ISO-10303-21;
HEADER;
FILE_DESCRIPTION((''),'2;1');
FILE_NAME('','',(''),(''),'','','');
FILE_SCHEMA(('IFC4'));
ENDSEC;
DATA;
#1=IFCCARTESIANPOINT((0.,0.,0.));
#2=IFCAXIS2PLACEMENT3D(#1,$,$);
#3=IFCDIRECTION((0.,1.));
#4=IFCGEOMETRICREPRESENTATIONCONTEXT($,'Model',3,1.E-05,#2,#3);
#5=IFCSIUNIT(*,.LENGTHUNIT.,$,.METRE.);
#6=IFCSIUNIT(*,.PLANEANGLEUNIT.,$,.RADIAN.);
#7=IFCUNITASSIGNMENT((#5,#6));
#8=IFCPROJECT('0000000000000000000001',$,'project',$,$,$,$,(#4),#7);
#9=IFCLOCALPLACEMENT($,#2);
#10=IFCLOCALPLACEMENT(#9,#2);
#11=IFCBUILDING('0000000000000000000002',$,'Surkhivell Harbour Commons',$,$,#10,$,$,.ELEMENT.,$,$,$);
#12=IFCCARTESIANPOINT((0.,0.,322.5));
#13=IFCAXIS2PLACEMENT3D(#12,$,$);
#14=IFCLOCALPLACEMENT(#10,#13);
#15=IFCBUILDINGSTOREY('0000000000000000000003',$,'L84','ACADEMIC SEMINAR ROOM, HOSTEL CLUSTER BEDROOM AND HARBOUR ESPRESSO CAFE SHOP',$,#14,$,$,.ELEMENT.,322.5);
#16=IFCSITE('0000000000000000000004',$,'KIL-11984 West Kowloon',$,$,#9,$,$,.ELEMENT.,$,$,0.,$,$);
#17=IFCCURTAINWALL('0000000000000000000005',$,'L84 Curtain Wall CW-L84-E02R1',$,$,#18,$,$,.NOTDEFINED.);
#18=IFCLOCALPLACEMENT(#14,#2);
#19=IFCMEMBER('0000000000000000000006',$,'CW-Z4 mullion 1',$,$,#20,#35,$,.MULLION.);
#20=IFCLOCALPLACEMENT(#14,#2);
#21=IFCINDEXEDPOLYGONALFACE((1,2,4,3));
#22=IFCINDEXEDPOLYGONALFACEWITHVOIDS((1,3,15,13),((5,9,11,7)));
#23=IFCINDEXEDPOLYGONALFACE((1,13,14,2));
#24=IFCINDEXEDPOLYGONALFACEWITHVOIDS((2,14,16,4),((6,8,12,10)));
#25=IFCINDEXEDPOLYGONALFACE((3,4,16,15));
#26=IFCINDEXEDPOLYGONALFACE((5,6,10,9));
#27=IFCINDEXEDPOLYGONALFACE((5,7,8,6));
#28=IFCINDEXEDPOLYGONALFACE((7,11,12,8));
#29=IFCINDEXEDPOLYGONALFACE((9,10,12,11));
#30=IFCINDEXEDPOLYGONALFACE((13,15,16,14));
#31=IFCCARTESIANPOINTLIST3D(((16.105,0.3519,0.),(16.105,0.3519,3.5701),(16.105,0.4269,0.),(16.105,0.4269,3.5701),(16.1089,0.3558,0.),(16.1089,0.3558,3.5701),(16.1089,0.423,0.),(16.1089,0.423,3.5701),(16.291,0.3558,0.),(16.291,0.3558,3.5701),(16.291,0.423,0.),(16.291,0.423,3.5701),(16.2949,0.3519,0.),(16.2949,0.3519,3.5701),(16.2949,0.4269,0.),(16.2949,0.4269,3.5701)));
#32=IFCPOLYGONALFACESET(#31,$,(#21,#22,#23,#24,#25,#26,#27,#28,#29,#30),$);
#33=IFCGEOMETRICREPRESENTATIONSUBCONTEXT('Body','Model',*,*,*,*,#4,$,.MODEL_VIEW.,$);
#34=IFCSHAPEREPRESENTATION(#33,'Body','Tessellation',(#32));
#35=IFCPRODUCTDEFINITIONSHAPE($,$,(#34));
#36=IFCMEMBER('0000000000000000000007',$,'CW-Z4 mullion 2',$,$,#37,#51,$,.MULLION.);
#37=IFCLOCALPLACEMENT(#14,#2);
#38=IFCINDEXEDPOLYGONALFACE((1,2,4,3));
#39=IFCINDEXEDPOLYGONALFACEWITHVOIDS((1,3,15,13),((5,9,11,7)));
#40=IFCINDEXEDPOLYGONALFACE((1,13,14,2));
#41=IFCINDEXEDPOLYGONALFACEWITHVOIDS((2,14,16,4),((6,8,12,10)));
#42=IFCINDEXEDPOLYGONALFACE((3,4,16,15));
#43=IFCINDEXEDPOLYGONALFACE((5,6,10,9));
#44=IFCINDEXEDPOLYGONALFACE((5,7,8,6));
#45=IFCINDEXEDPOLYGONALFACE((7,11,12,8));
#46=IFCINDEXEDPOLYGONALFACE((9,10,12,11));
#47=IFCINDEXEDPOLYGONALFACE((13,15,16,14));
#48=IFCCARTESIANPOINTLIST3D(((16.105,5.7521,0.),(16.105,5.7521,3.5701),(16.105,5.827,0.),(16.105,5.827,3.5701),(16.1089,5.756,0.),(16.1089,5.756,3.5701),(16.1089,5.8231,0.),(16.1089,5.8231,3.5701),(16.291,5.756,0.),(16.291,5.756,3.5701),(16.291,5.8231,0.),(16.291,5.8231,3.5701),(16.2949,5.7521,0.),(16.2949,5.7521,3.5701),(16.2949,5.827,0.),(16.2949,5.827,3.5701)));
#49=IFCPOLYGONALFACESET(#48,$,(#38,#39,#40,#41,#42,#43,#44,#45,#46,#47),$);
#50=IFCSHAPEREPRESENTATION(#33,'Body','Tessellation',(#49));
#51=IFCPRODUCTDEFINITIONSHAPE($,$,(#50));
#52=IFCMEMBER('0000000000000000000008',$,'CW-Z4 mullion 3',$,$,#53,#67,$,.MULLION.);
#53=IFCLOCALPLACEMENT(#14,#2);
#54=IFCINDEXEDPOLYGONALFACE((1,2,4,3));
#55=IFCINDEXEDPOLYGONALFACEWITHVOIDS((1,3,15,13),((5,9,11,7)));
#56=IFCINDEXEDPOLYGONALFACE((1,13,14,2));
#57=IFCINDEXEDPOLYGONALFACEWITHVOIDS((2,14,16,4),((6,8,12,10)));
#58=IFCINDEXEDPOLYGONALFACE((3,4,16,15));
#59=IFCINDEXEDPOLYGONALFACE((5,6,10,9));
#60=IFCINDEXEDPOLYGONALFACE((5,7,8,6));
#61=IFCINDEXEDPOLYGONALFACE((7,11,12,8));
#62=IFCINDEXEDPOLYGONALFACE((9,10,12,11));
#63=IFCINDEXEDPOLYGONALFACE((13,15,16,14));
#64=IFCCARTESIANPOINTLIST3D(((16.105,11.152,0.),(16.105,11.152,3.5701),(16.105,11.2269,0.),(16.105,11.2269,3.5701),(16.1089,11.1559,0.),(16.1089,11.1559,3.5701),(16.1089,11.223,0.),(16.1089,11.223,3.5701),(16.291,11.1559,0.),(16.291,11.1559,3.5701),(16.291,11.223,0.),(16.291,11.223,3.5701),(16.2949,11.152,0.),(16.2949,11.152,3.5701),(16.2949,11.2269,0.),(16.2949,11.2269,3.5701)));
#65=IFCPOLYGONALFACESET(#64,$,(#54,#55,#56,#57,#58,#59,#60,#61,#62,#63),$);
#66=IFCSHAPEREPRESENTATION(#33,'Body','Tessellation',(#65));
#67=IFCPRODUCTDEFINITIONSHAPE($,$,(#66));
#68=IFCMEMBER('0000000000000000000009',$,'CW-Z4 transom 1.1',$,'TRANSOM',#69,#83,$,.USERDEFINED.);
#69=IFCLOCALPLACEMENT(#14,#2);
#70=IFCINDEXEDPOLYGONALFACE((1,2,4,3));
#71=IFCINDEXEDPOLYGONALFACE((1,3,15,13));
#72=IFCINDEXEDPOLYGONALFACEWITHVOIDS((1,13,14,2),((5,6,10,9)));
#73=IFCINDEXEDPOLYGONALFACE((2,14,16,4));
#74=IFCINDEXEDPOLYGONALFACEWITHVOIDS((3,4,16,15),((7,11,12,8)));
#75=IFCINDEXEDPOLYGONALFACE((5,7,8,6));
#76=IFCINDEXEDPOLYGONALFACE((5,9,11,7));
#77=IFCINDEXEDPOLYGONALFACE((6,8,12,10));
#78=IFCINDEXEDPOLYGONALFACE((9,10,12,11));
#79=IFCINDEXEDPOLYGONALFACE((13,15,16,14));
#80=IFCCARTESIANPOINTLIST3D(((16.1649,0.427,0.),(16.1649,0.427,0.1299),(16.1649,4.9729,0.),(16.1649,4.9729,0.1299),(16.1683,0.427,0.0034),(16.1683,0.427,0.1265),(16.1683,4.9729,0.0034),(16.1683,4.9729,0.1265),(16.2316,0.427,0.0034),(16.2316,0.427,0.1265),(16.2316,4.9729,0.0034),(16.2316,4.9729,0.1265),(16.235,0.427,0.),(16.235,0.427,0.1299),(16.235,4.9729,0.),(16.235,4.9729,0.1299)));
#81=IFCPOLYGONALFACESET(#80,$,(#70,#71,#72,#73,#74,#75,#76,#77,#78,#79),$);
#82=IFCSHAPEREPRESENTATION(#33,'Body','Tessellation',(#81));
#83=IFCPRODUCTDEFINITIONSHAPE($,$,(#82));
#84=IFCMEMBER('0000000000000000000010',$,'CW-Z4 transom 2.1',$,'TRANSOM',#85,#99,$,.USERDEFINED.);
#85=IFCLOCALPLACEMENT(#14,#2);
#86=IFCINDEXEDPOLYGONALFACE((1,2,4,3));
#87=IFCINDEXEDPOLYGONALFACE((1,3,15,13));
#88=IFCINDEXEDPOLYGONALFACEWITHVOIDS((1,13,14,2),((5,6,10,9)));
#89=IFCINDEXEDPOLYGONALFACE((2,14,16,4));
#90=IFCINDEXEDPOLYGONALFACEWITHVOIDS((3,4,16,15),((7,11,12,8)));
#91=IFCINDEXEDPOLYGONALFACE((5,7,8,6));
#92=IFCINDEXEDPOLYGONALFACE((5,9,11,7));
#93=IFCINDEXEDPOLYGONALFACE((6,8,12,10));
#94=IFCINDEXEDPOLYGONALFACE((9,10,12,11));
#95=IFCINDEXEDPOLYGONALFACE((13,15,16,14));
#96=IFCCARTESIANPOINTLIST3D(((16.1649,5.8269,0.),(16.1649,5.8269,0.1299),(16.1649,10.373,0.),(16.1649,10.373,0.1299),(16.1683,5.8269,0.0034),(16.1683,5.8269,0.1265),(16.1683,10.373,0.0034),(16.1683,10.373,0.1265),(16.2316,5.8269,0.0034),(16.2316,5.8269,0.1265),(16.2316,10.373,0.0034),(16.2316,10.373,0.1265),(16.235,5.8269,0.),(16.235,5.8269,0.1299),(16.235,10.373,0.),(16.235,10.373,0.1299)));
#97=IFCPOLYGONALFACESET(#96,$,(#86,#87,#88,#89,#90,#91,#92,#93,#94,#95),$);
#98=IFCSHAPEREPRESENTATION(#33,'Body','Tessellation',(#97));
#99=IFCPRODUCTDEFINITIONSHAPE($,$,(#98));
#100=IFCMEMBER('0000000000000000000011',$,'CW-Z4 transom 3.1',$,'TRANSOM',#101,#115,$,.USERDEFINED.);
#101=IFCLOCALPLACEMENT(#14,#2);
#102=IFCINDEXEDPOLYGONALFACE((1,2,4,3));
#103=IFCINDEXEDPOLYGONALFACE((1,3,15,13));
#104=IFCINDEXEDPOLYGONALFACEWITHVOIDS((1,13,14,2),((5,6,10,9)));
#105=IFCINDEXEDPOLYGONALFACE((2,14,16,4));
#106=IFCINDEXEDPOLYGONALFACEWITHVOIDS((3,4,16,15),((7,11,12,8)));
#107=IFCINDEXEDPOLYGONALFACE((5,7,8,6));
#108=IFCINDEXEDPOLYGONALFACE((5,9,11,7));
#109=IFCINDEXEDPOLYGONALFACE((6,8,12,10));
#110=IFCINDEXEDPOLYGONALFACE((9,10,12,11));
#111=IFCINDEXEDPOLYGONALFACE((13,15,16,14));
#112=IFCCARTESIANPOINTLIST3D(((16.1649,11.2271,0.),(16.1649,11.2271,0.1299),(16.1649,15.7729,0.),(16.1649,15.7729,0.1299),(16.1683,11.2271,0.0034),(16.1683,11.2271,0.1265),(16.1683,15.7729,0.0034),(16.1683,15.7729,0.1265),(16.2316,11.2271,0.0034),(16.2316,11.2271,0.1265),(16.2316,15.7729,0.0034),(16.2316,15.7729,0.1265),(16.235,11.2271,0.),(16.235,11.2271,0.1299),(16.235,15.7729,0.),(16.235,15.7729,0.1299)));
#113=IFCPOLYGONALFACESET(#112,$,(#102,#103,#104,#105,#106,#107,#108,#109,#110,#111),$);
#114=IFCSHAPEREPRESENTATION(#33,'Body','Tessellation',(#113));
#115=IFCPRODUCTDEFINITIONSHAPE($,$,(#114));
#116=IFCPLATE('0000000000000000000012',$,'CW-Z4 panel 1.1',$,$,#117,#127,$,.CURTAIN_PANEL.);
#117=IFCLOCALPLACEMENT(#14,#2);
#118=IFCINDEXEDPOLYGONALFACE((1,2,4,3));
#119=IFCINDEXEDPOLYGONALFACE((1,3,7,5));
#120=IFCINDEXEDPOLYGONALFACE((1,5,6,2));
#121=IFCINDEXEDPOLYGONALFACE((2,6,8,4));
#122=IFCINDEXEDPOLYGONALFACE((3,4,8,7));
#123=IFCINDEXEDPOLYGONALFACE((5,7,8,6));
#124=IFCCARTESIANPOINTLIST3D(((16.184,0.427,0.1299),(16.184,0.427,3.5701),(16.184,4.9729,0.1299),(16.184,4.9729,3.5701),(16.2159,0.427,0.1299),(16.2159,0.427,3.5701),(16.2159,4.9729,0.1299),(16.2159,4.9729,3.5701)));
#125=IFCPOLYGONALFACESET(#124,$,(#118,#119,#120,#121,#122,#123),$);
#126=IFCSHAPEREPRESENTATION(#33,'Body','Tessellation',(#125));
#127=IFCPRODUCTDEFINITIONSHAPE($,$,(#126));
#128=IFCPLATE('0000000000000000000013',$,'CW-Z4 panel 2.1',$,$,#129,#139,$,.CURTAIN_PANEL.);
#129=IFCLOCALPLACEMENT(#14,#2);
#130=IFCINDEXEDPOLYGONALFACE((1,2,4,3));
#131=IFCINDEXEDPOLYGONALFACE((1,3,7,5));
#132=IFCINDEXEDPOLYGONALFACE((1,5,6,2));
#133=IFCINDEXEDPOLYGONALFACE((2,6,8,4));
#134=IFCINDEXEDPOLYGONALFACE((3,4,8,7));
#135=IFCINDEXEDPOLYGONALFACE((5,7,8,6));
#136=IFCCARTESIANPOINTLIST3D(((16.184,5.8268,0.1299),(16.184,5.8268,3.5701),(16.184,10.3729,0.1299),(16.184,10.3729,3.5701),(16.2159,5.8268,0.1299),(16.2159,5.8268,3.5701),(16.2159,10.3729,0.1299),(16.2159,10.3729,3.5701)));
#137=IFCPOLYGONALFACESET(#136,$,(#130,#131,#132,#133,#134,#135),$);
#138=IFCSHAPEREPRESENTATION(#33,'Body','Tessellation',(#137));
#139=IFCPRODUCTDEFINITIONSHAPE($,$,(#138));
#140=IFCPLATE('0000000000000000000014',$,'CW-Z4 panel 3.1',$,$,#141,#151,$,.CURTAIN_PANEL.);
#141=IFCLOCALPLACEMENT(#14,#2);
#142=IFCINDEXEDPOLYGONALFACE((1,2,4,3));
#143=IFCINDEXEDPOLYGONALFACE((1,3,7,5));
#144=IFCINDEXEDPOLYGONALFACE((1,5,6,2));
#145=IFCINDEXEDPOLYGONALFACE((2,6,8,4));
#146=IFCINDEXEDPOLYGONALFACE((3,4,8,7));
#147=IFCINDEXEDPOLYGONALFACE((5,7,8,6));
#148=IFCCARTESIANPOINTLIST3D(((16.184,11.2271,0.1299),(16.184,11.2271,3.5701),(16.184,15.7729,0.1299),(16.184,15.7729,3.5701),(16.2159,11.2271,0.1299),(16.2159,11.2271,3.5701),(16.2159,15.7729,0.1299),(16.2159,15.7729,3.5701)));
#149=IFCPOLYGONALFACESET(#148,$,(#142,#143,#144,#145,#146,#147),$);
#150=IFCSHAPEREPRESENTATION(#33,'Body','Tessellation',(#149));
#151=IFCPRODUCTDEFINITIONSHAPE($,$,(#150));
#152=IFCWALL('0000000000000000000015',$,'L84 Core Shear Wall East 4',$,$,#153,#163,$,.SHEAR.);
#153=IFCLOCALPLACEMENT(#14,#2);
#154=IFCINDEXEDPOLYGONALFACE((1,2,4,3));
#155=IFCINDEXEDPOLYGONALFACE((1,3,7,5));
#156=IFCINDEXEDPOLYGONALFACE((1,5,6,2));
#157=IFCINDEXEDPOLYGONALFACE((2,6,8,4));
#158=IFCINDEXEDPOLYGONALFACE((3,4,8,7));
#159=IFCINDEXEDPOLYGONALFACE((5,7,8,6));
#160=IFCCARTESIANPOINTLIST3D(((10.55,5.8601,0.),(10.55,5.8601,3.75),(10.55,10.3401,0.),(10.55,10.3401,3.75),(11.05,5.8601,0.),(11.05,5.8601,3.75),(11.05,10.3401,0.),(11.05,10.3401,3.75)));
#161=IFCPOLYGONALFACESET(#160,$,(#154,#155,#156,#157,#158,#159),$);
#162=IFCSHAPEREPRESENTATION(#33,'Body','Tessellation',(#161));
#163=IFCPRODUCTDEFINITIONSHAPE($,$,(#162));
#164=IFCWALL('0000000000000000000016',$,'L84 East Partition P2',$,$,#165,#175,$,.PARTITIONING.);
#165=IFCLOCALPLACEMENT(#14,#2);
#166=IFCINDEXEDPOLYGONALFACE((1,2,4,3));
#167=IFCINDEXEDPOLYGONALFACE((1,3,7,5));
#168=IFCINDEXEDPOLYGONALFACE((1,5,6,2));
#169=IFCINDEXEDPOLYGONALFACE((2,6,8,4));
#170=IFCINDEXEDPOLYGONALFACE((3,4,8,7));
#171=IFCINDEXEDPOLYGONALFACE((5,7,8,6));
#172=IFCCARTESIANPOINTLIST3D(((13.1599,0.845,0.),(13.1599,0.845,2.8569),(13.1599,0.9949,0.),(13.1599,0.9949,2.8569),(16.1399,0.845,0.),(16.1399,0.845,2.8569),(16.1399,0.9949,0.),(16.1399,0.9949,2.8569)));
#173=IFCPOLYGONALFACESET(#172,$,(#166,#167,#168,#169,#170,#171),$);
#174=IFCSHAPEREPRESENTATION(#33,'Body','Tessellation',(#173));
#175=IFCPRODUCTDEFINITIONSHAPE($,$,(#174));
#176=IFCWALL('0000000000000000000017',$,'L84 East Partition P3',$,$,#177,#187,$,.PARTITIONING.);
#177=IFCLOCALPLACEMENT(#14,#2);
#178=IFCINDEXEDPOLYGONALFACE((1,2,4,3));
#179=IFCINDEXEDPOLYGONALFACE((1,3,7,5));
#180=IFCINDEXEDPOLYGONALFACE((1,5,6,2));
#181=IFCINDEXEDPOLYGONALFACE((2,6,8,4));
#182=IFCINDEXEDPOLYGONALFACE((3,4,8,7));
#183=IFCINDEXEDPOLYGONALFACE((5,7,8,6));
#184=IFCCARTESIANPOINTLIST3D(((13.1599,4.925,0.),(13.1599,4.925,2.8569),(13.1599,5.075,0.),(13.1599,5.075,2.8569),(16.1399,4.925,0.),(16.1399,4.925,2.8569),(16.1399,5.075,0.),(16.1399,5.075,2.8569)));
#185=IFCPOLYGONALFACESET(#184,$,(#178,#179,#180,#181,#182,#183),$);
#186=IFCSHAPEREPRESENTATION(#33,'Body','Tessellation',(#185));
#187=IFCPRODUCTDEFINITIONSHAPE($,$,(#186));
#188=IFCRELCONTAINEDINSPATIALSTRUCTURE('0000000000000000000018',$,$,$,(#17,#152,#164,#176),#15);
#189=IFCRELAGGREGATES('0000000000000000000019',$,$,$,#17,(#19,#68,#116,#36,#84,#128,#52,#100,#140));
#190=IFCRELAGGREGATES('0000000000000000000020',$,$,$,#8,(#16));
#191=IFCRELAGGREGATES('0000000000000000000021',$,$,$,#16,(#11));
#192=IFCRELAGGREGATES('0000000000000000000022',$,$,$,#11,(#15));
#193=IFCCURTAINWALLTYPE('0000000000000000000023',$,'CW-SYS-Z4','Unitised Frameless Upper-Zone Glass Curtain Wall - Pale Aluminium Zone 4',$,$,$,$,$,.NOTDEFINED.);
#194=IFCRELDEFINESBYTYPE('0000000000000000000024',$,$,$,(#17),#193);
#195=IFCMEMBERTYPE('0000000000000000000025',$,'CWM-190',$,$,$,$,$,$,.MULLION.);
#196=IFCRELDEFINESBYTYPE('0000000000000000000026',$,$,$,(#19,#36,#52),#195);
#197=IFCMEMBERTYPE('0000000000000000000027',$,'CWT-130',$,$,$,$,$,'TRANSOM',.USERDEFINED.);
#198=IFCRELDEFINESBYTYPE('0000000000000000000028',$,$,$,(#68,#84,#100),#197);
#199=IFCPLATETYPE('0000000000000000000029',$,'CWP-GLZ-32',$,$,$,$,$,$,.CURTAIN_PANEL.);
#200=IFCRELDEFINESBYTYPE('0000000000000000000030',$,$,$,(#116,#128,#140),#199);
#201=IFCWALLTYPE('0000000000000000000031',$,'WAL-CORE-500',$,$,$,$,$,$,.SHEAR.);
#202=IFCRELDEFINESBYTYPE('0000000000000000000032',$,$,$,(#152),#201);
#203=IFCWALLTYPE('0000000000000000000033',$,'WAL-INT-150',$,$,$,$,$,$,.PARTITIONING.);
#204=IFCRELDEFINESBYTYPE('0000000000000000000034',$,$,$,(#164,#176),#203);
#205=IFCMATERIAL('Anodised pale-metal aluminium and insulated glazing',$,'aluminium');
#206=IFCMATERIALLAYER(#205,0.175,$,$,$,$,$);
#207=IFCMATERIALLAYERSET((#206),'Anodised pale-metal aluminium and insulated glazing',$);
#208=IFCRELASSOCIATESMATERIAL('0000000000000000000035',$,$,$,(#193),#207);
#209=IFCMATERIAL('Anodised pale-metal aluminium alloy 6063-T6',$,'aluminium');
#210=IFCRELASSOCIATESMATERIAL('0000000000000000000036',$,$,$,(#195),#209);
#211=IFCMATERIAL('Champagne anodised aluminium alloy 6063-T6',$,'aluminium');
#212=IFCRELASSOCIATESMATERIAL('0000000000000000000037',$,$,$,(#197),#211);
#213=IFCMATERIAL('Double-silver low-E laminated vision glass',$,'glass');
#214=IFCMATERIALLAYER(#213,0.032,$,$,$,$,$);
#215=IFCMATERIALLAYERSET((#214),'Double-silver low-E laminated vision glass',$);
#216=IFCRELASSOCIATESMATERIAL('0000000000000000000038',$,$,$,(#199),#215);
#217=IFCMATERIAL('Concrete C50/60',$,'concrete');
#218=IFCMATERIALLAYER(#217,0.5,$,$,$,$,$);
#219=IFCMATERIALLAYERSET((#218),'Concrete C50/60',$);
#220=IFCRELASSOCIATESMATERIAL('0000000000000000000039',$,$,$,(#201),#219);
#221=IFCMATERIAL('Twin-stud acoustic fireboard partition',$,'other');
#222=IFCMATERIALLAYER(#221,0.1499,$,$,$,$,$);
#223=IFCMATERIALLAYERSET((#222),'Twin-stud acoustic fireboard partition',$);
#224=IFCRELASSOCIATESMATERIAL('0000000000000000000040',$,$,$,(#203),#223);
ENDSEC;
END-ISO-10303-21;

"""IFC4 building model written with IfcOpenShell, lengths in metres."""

from ifc_helpers import new_model, si_unit, direction, frame, frame_2d, origin, origin_2d, place, context, subcontext, project, spatial, rectangle, hollow_rectangle, extrude, material, layer, layer_set, material_profile, profile_set, type_object, element, aggregate, save


model = new_model("IFC4")

# Units and contexts
model_context = context("Model", 3, precision=1e-05, world=origin(), true_north=direction((0.0, 1.0)))
body_context = subcontext(model_context, "Body", "Model", "MODEL_VIEW")
ifc_project = project(units=[si_unit("LENGTHUNIT", "METRE"), si_unit("PLANEANGLEUNIT", "RADIAN")], contexts=[model_context])

# Site, building, storey
site_placement = place(None, origin())
site = spatial("IfcSite", under=ifc_project, at=site_placement, Name="KIL-11984 West Kowloon", CompositionType="ELEMENT", RefElevation=0.0)
building_placement = place(site_placement, origin())
building = spatial("IfcBuilding", under=site, at=building_placement, Name="Surkhivell Harbour Commons", CompositionType="ELEMENT")
storey_placement = place(building_placement, frame((0.0, 0.0, 322.5)))
storey = spatial("IfcBuildingStorey", under=building, at=storey_placement, Name="L84", Description="ACADEMIC SEMINAR ROOM, HOSTEL CLUSTER BEDROOM AND HARBOUR ESPRESSO CAFE SHOP", CompositionType="ELEMENT", Elevation=322.5)

# Shared definitions
ifc_material_1 = material(Name="Concrete C50/60", Category="concrete")

# Curtain wall, members, plates
ifc_material_2 = material(Name="Anodised pale-metal aluminium and insulated glazing", Category="aluminium")
ifc_layer_1 = layer(ifc_material_2, 0.175)
ifc_layer_set_1 = layer_set([ifc_layer_1], Name="Anodised pale-metal aluminium and insulated glazing")
curtain_wall_type = type_object("IfcCurtainWallType", Name="CW-SYS-Z4", Description="Unitised Frameless Upper-Zone Glass Curtain Wall - Pale Aluminium Zone 4", PredefinedType="NOTDEFINED", material=ifc_layer_set_1)
curtain_wall_placement = place(storey_placement, origin())
curtain_wall = element("IfcCurtainWall", 1, at=curtain_wall_placement, inside=storey, type_object=curtain_wall_type, Name="L84 Curtain Wall CW-L84-E02R1", PredefinedType="NOTDEFINED")
ifc_material_3 = material(Name="Anodised pale-metal aluminium alloy 6063-T6", Category="aluminium")
ifc_material_profile_1 = material_profile(ifc_material_3, hollow_rectangle(XDim=0.075, YDim=0.1899, WallThickness=0.0039, at=origin_2d()), Name="ALU-MULL-75x190")
ifc_profile_set_1 = profile_set([ifc_material_profile_1], Name="Anodised pale-metal aluminium alloy 6063-T6")
member_type_1 = type_object("IfcMemberType", Name="CWM-190", PredefinedType="MULLION", material=ifc_profile_set_1)
member_1_placement = place(storey_placement, frame((16.2, 0.3894, 0.0), z_axis=(0.0, 0.0, 1.0), x_axis=(0.0, 1.0, 0.0)))
member_1 = element("IfcMember", 2, at=member_1_placement, type_object=member_type_1, Name="CW-Z4 mullion 1", PredefinedType="MULLION", context=body_context, shape_type="SweptSolid", body=[
    extrude(hollow_rectangle(XDim=0.075, YDim=0.1899, WallThickness=0.0039, at=origin_2d()), origin(), (0.0, 0.0, 1.0), 3.5701),
])
member_2_placement = place(storey_placement, frame((16.2, 5.7896, 0.0), z_axis=(0.0, 0.0, 1.0), x_axis=(0.0, 1.0, 0.0)))
member_2 = element("IfcMember", 3, at=member_2_placement, type_object=member_type_1, Name="CW-Z4 mullion 2", PredefinedType="MULLION", context=body_context, shape_type="SweptSolid", body=[
    extrude(hollow_rectangle(XDim=0.075, YDim=0.1899, WallThickness=0.0039, at=origin_2d()), origin(), (0.0, 0.0, 1.0), 3.5701),
])
member_3_placement = place(storey_placement, frame((16.2, 11.1895, 0.0), z_axis=(0.0, 0.0, 1.0), x_axis=(0.0, 1.0, 0.0)))
member_3 = element("IfcMember", 4, at=member_3_placement, type_object=member_type_1, Name="CW-Z4 mullion 3", PredefinedType="MULLION", context=body_context, shape_type="SweptSolid", body=[
    extrude(hollow_rectangle(XDim=0.075, YDim=0.1899, WallThickness=0.0039, at=origin_2d()), origin(), (0.0, 0.0, 1.0), 3.5701),
])
ifc_material_4 = material(Name="Champagne anodised aluminium alloy 6063-T6", Category="aluminium")
ifc_material_profile_2 = material_profile(ifc_material_4, hollow_rectangle(XDim=0.0701, YDim=0.1299, WallThickness=0.0034, at=origin_2d()), Name="ALU-TRAN-70x130")
ifc_profile_set_2 = profile_set([ifc_material_profile_2], Name="Champagne anodised aluminium alloy 6063-T6")
member_type_2 = type_object("IfcMemberType", Name="CWT-130", ElementType="TRANSOM", PredefinedType="USERDEFINED", material=ifc_profile_set_2)
member_4_placement = place(storey_placement, frame((16.2, 0.427, 0.0649), z_axis=(0.0, 1.0, 0.0), x_axis=(-1.0, 0.0, 0.0)))
member_4 = element("IfcMember", 5, at=member_4_placement, type_object=member_type_2, Name="CW-Z4 transom 1.1", ObjectType="TRANSOM", PredefinedType="USERDEFINED", context=body_context, shape_type="SweptSolid", body=[
    extrude(hollow_rectangle(XDim=0.0701, YDim=0.1299, WallThickness=0.0034, at=origin_2d()), origin(), (0.0, 0.0, 1.0), 4.5459),
])
member_5_placement = place(storey_placement, frame((16.2, 5.8269, 0.0649), z_axis=(0.0, 1.0, 0.0), x_axis=(-1.0, 0.0, 0.0)))
member_5 = element("IfcMember", 6, at=member_5_placement, type_object=member_type_2, Name="CW-Z4 transom 2.1", ObjectType="TRANSOM", PredefinedType="USERDEFINED", context=body_context, shape_type="SweptSolid", body=[
    extrude(hollow_rectangle(XDim=0.0701, YDim=0.1299, WallThickness=0.0034, at=origin_2d()), origin(), (0.0, 0.0, 1.0), 4.5461),
])
member_6_placement = place(storey_placement, frame((16.2, 11.2271, 0.0649), z_axis=(0.0, 1.0, 0.0), x_axis=(-1.0, 0.0, 0.0)))
member_6 = element("IfcMember", 7, at=member_6_placement, type_object=member_type_2, Name="CW-Z4 transom 3.1", ObjectType="TRANSOM", PredefinedType="USERDEFINED", context=body_context, shape_type="SweptSolid", body=[
    extrude(hollow_rectangle(XDim=0.0701, YDim=0.1299, WallThickness=0.0034, at=origin_2d()), origin(), (0.0, 0.0, 1.0), 4.5459),
])
ifc_material_5 = material(Name="Double-silver low-E laminated vision glass", Category="glass")
ifc_layer_2 = layer(ifc_material_5, 0.032)
ifc_layer_set_2 = layer_set([ifc_layer_2], Name="Double-silver low-E laminated vision glass")
plate_type = type_object("IfcPlateType", Name="CWP-GLZ-32", PredefinedType="CURTAIN_PANEL", material=ifc_layer_set_2)
plate_1_placement = place(storey_placement, frame((16.2, 0.427, 0.1299), z_axis=(0.0, 0.0, 1.0), x_axis=(0.0, 1.0, 0.0)))
plate_1 = element("IfcPlate", 8, at=plate_1_placement, type_object=plate_type, Name="CW-Z4 panel 1.1", PredefinedType="CURTAIN_PANEL", context=body_context, shape_type="SweptSolid", body=[
    extrude(rectangle(XDim=4.5459, YDim=0.032, at=frame_2d((2.2729, 0.0))), origin(), (0.0, 0.0, 1.0), 3.4402),
])
plate_2_placement = place(storey_placement, frame((16.2, 5.8269, 0.1299), z_axis=(0.0, 0.0, 1.0), x_axis=(0.0, 1.0, 0.0)))
plate_2 = element("IfcPlate", 9, at=plate_2_placement, type_object=plate_type, Name="CW-Z4 panel 2.1", PredefinedType="CURTAIN_PANEL", context=body_context, shape_type="SweptSolid", body=[
    extrude(rectangle(XDim=4.5461, YDim=0.032, at=frame_2d((2.2729, 0.0))), origin(), (0.0, 0.0, 1.0), 3.4402),
])
plate_3_placement = place(storey_placement, frame((16.2, 11.2271, 0.1299), z_axis=(0.0, 0.0, 1.0), x_axis=(0.0, 1.0, 0.0)))
plate_3 = element("IfcPlate", 10, at=plate_3_placement, type_object=plate_type, Name="CW-Z4 panel 3.1", PredefinedType="CURTAIN_PANEL", context=body_context, shape_type="SweptSolid", body=[
    extrude(rectangle(XDim=4.5459, YDim=0.032, at=frame_2d((2.2729, 0.0))), origin(), (0.0, 0.0, 1.0), 3.4402),
])
aggregate(curtain_wall, [member_1, member_4, plate_1, member_2, member_5, plate_2, member_3, member_6, plate_3])

# Walls
ifc_layer_3 = layer(ifc_material_1, 0.5)
ifc_layer_set_3 = layer_set([ifc_layer_3], Name="Concrete C50/60")
wall_type_1 = type_object("IfcWallType", Name="WAL-CORE-500", PredefinedType="SHEAR", material=ifc_layer_set_3)
wall_placement = place(storey_placement, frame((10.8, 5.8601, 0.0), z_axis=(0.0, 0.0, 1.0), x_axis=(0.0, 1.0, 0.0)))
element("IfcWall", 11, at=wall_placement, inside=storey, type_object=wall_type_1, Name="L84 Core Shear Wall East 4", PredefinedType="SHEAR", context=body_context, shape_type="SweptSolid", body=[
    extrude(rectangle(XDim=4.48, YDim=0.5, at=frame_2d((2.24, 0.0))), origin(), (0.0, 0.0, 1.0), 3.75),
])
ifc_material_6 = material(Name="Twin-stud acoustic fireboard partition", Category="other")
ifc_layer_4 = layer(ifc_material_6, 0.1499)
ifc_layer_set_4 = layer_set([ifc_layer_4], Name="Twin-stud acoustic fireboard partition")
wall_type_2 = type_object("IfcWallType", Name="WAL-INT-150", PredefinedType="PARTITIONING", material=ifc_layer_set_4)
for number, where, z_axis, x_axis, name in (
    (12, (13.1599, 0.9199, 0.0), (0.0, 0.0, 1.0), (1.0, 0.0, 0.0), "L84 East Partition P2"),
    (13, (13.1599, 5.0, 0.0), (0.0, 0.0, 1.0), (1.0, 0.0, 0.0), "L84 East Partition P3"),
):
    element("IfcWall", number, at=place(storey_placement, frame(where, z_axis=z_axis, x_axis=x_axis)), inside=storey, type_object=wall_type_2, Name=name, PredefinedType="PARTITIONING", context=body_context, shape_type="SweptSolid", body=[
        extrude(rectangle(XDim=2.98, YDim=0.1499, at=frame_2d((1.49, 0.0))), origin(), (0.0, 0.0, 1.0), 2.8569),
    ])

save(model, "model.ifc")
